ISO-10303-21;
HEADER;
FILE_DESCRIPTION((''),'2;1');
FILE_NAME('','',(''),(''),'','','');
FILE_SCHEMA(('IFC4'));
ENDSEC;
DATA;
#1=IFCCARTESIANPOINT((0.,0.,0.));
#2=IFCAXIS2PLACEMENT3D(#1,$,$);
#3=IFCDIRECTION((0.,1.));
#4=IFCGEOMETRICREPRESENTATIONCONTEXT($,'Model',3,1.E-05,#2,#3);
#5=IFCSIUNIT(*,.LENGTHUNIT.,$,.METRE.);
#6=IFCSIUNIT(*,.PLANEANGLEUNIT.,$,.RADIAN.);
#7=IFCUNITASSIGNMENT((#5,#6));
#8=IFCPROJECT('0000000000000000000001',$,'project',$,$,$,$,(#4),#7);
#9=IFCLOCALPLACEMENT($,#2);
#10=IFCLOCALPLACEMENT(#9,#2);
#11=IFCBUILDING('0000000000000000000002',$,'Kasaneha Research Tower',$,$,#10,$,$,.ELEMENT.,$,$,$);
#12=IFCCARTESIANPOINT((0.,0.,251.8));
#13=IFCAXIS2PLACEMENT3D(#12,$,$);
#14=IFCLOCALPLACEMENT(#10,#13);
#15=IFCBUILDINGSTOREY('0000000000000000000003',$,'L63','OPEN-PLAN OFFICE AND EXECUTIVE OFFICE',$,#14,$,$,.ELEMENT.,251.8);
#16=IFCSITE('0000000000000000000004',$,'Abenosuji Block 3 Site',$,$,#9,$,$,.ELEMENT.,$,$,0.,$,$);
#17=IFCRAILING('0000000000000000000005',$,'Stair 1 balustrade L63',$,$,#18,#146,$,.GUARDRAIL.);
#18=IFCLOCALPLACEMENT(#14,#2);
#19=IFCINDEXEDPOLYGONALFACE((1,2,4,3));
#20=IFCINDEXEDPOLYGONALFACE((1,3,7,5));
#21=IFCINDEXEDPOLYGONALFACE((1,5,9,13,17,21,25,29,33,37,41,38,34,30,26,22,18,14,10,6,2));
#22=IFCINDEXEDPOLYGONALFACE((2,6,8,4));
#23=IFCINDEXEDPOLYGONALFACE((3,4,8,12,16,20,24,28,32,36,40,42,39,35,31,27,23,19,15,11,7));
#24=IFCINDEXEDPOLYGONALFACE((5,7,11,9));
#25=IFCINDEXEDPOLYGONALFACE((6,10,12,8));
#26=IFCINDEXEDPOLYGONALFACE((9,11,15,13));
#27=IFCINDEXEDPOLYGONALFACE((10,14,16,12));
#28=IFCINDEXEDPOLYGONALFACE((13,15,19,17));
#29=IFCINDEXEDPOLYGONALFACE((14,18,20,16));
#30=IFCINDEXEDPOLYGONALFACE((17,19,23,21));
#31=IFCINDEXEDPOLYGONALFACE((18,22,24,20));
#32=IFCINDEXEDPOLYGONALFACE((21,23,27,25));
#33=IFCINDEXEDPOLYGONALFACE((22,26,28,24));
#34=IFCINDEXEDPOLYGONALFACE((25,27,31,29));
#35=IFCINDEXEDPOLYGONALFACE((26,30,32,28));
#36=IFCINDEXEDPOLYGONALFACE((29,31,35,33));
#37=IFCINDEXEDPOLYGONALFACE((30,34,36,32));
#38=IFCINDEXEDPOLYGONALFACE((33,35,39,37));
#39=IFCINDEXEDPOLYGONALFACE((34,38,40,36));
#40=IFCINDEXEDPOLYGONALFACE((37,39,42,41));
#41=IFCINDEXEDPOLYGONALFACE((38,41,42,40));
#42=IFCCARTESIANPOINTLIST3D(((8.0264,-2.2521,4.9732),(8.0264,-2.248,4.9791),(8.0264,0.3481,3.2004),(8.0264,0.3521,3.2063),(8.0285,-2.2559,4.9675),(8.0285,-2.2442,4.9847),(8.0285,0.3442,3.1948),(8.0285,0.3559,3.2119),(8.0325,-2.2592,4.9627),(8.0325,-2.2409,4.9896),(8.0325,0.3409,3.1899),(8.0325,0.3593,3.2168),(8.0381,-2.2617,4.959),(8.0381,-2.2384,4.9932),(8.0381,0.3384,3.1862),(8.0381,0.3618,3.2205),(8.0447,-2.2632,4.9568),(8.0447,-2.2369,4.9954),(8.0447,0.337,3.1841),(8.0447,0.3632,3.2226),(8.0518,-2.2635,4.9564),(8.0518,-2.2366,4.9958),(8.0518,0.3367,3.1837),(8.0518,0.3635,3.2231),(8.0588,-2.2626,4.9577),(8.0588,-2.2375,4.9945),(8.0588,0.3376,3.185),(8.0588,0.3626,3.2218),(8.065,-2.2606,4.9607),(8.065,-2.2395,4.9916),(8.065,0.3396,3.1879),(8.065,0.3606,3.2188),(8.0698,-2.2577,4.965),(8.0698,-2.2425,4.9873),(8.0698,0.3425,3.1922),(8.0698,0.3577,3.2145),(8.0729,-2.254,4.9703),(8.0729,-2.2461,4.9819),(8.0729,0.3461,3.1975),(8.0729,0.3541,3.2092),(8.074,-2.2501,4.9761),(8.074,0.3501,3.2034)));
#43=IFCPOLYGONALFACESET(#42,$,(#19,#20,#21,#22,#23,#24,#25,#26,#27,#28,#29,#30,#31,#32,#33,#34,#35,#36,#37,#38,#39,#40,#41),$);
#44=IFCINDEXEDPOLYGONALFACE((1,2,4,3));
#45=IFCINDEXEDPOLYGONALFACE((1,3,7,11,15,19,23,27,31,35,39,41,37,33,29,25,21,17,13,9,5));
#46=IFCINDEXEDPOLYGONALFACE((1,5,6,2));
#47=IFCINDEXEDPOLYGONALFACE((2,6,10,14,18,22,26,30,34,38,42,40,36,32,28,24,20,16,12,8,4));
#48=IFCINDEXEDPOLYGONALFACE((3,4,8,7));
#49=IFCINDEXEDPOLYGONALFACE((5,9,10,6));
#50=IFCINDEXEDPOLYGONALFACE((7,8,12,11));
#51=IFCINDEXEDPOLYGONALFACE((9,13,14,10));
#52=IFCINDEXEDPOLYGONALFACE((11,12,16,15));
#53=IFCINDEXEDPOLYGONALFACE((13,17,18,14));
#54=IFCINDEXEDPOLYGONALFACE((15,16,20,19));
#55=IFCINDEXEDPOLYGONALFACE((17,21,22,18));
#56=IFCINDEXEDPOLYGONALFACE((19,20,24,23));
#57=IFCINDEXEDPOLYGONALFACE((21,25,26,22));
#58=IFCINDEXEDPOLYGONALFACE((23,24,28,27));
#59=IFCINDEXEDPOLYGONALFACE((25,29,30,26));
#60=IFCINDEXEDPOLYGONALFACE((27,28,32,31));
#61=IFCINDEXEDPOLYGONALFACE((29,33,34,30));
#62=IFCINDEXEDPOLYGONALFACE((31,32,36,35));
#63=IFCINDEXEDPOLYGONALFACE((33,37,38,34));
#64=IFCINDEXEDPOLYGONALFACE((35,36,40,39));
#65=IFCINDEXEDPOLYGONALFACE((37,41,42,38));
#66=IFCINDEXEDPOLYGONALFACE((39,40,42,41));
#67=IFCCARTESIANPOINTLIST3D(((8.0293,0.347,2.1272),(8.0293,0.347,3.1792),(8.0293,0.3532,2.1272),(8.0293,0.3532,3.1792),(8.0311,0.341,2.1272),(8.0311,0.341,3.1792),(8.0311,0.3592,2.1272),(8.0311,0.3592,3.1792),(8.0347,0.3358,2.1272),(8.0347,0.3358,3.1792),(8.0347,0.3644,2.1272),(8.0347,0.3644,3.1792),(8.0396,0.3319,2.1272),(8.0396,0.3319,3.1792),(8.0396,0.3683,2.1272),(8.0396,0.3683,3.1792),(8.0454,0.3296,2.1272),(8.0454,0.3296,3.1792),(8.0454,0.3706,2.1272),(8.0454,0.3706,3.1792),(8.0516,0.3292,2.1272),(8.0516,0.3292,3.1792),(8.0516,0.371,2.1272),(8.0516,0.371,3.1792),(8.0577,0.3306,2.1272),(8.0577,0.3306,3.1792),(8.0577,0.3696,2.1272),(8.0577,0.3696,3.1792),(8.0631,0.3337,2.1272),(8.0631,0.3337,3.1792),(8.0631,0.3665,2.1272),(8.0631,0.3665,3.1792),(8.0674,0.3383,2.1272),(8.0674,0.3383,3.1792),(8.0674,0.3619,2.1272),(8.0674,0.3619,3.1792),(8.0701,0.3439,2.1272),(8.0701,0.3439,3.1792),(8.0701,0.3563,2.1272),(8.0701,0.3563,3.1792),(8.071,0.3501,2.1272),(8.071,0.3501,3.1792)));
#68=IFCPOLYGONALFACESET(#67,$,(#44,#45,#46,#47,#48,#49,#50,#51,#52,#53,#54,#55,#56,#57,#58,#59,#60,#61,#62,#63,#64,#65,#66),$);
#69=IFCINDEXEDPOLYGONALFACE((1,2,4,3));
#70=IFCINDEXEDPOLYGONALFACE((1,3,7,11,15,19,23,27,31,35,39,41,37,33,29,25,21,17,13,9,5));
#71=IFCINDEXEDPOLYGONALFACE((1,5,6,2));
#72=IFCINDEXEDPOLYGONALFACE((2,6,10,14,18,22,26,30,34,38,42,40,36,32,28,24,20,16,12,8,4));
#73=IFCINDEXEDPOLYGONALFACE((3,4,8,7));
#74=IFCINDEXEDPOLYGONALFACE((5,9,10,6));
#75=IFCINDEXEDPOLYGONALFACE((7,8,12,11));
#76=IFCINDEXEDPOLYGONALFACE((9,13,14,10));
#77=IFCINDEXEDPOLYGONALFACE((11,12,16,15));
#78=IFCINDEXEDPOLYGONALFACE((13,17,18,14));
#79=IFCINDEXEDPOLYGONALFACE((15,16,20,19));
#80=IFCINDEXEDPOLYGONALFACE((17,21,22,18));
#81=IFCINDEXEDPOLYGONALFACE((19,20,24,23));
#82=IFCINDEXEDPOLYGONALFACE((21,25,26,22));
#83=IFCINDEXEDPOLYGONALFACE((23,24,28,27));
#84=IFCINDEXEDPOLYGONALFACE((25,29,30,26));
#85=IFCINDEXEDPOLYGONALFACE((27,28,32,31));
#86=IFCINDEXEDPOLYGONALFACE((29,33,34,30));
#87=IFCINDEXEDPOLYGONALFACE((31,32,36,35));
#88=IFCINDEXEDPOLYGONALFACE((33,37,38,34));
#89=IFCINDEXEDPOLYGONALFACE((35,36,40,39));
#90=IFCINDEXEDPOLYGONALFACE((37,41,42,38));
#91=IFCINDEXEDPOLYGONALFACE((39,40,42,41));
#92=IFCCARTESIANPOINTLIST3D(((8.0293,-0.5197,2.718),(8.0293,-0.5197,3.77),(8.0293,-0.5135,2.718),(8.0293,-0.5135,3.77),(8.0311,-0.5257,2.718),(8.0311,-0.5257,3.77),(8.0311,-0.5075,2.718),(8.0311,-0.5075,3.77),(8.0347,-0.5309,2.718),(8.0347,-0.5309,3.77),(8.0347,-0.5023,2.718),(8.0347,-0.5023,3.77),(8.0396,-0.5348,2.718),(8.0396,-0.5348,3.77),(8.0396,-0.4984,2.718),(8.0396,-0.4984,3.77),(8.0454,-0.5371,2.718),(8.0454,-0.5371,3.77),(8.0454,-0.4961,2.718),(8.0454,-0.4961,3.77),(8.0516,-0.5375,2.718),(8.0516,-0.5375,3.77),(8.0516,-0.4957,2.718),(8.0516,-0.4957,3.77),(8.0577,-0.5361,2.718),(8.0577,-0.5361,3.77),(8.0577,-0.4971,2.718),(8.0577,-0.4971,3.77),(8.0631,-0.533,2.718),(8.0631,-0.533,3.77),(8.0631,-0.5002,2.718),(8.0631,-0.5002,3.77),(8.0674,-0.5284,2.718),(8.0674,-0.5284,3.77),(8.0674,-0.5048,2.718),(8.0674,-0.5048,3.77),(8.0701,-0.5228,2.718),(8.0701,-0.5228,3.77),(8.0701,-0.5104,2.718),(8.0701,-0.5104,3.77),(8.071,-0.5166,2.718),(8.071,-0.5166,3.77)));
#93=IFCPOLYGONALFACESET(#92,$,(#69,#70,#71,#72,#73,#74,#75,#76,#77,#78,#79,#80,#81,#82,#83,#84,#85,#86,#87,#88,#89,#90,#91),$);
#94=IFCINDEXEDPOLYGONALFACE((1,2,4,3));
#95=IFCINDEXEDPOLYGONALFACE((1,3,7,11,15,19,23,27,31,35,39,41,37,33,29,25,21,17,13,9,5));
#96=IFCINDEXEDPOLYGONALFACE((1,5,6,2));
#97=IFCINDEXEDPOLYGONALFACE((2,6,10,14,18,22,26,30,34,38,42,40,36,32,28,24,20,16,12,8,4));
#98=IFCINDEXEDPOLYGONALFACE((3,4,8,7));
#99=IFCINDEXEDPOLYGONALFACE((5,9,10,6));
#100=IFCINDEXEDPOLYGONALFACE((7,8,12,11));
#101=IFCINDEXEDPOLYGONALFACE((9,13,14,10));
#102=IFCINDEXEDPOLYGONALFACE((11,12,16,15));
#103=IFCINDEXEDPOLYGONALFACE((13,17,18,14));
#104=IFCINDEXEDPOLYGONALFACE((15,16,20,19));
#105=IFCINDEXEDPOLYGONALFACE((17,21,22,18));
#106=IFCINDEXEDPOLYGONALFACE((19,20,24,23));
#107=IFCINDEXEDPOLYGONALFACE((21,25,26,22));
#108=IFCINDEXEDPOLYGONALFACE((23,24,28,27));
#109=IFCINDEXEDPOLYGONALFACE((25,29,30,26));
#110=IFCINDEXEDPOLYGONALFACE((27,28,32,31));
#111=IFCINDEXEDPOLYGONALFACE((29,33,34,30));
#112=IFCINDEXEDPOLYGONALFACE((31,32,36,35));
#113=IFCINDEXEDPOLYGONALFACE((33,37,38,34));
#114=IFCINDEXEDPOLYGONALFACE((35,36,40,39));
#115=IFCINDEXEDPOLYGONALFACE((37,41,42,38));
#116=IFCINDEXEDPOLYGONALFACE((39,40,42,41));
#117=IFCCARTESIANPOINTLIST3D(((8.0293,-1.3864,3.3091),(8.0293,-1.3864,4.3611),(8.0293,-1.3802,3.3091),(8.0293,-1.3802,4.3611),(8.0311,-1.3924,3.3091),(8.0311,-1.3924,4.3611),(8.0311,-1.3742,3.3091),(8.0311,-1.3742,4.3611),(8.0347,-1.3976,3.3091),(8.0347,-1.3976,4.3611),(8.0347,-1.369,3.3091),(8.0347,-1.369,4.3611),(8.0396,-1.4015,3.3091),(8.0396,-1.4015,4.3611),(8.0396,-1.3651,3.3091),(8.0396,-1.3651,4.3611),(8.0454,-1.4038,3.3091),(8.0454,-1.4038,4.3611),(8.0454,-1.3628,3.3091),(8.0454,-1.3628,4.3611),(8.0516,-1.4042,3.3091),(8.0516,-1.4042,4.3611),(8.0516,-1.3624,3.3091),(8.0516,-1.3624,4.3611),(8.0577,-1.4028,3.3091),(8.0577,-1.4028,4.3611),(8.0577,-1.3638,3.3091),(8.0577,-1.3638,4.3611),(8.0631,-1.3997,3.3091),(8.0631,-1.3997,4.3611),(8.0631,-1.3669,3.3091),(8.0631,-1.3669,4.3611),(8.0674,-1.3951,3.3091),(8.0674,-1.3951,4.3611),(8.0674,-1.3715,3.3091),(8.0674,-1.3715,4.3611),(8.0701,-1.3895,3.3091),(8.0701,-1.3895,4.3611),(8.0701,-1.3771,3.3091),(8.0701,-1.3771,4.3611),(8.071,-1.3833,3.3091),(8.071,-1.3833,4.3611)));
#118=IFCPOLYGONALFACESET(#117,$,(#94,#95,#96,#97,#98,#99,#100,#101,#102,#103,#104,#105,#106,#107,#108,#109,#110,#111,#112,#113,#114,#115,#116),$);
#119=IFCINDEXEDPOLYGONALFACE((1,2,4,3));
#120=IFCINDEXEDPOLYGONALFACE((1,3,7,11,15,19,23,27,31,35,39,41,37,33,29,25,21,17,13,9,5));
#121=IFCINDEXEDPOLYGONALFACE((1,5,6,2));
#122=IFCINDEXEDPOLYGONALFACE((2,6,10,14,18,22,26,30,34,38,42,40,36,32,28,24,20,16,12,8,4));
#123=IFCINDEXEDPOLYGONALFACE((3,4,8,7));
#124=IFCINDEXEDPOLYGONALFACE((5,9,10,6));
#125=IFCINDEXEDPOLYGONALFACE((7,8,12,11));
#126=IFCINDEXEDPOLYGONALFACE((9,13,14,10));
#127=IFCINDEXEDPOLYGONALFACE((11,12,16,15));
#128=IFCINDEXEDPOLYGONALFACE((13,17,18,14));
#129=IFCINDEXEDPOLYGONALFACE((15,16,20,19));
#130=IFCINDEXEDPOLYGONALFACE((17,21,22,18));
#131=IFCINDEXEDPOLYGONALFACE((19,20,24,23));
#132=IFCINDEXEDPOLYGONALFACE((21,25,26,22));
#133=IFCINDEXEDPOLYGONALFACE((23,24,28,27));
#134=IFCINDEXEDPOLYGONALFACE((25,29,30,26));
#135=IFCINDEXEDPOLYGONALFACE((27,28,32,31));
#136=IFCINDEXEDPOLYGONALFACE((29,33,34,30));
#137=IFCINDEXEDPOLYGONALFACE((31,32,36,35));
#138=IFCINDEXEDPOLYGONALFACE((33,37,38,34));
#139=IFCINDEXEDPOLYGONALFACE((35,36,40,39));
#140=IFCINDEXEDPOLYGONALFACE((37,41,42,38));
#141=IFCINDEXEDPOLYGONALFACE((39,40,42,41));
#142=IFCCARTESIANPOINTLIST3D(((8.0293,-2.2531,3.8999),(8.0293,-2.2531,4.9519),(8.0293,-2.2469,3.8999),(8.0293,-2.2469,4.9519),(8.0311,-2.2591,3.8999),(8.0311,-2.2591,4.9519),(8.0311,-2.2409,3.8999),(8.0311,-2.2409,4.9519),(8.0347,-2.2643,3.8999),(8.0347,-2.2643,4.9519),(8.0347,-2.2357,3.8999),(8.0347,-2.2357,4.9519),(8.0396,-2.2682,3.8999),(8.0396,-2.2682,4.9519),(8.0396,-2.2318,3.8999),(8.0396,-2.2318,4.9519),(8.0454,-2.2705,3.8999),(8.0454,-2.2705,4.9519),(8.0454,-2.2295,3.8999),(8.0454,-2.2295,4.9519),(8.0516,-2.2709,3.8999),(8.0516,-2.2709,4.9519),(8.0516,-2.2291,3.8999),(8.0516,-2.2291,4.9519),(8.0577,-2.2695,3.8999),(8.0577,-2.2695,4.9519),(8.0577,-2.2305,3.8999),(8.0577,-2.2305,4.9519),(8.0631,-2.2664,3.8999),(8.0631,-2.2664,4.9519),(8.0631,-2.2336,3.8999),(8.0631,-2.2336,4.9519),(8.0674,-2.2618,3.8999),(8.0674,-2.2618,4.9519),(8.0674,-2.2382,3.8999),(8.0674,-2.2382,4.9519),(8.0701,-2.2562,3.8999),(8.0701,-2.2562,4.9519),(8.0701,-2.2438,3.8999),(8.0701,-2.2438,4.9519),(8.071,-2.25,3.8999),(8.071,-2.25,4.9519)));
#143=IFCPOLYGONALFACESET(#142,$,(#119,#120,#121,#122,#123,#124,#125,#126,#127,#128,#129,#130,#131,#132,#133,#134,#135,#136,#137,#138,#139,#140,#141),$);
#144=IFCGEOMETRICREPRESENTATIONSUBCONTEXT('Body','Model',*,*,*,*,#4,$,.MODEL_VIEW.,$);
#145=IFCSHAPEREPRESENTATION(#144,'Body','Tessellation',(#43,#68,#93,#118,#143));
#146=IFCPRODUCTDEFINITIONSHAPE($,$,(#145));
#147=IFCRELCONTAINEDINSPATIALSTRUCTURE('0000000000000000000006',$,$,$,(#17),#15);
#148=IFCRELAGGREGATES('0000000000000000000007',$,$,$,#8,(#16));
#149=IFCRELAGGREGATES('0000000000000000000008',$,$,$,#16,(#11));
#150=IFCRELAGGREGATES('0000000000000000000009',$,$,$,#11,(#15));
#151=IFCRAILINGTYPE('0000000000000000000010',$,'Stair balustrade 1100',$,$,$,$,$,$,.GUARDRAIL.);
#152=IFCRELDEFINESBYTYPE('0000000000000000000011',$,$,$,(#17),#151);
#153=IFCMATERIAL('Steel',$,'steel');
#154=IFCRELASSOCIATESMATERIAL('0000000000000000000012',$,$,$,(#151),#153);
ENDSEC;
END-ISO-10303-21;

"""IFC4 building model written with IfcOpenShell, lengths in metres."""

from ifc_helpers import new_model, si_unit, direction, frame, origin, origin_2d, place, context, subcontext, project, spatial, circle, extrude, material, type_object, element, save


model = new_model("IFC4")

# Units and contexts
model_context = context("Model", 3, precision=1e-05, world=origin(), true_north=direction((0.0, 1.0)))
body_context = subcontext(model_context, "Body", "Model", "MODEL_VIEW")
ifc_project = project(units=[si_unit("LENGTHUNIT", "METRE"), si_unit("PLANEANGLEUNIT", "RADIAN")], contexts=[model_context])

# Site, building, storey
site_placement = place(None, origin())
site = spatial("IfcSite", under=ifc_project, at=site_placement, Name="Abenosuji Block 3 Site", CompositionType="ELEMENT", RefElevation=0.0)
building_placement = place(site_placement, origin())
building = spatial("IfcBuilding", under=site, at=building_placement, Name="Kasaneha Research Tower", CompositionType="ELEMENT")
storey_placement = place(building_placement, frame((0.0, 0.0, 251.8)))
storey = spatial("IfcBuildingStorey", under=building, at=storey_placement, Name="L63", Description="OPEN-PLAN OFFICE AND EXECUTIVE OFFICE", CompositionType="ELEMENT", Elevation=251.8)

# Railing
ifc_material_1 = material(Name="Steel", Category="steel")
railing_type_1 = type_object("IfcRailingType", Name="Stair balustrade 1100", PredefinedType="GUARDRAIL", material=ifc_material_1)
railing_1_placement = place(storey_placement, frame((8.05, 0.3501, 2.1272)))
element("IfcRailing", 1, at=railing_1_placement, inside=storey, type_object=railing_type_1, Name="Stair 1 balustrade L63", PredefinedType="GUARDRAIL", context=body_context, shape_type="SweptSolid", body=[
    extrude(circle(Radius=0.0239, at=origin_2d()), frame((0.0, 0.0, 1.0762), z_axis=(0.0, -0.82624, 0.563318), x_axis=(1.0, 0.0, 0.0)), (0.0, 0.0, 1.0), 3.147),
    extrude(circle(Radius=0.021, at=origin_2d()), origin(), (0.0, 0.0, 1.0), 1.052),
    extrude(circle(Radius=0.021, at=origin_2d()), frame((0.0, -0.8667, 0.5908)), (0.0, 0.0, 1.0), 1.052),
    extrude(circle(Radius=0.021, at=origin_2d()), frame((0.0, -1.7334, 1.1819)), (0.0, 0.0, 1.0), 1.052),
    extrude(circle(Radius=0.021, at=origin_2d()), frame((0.0, -2.6001, 1.7727)), (0.0, 0.0, 1.0), 1.052),
])

save(model, "model.ifc")
